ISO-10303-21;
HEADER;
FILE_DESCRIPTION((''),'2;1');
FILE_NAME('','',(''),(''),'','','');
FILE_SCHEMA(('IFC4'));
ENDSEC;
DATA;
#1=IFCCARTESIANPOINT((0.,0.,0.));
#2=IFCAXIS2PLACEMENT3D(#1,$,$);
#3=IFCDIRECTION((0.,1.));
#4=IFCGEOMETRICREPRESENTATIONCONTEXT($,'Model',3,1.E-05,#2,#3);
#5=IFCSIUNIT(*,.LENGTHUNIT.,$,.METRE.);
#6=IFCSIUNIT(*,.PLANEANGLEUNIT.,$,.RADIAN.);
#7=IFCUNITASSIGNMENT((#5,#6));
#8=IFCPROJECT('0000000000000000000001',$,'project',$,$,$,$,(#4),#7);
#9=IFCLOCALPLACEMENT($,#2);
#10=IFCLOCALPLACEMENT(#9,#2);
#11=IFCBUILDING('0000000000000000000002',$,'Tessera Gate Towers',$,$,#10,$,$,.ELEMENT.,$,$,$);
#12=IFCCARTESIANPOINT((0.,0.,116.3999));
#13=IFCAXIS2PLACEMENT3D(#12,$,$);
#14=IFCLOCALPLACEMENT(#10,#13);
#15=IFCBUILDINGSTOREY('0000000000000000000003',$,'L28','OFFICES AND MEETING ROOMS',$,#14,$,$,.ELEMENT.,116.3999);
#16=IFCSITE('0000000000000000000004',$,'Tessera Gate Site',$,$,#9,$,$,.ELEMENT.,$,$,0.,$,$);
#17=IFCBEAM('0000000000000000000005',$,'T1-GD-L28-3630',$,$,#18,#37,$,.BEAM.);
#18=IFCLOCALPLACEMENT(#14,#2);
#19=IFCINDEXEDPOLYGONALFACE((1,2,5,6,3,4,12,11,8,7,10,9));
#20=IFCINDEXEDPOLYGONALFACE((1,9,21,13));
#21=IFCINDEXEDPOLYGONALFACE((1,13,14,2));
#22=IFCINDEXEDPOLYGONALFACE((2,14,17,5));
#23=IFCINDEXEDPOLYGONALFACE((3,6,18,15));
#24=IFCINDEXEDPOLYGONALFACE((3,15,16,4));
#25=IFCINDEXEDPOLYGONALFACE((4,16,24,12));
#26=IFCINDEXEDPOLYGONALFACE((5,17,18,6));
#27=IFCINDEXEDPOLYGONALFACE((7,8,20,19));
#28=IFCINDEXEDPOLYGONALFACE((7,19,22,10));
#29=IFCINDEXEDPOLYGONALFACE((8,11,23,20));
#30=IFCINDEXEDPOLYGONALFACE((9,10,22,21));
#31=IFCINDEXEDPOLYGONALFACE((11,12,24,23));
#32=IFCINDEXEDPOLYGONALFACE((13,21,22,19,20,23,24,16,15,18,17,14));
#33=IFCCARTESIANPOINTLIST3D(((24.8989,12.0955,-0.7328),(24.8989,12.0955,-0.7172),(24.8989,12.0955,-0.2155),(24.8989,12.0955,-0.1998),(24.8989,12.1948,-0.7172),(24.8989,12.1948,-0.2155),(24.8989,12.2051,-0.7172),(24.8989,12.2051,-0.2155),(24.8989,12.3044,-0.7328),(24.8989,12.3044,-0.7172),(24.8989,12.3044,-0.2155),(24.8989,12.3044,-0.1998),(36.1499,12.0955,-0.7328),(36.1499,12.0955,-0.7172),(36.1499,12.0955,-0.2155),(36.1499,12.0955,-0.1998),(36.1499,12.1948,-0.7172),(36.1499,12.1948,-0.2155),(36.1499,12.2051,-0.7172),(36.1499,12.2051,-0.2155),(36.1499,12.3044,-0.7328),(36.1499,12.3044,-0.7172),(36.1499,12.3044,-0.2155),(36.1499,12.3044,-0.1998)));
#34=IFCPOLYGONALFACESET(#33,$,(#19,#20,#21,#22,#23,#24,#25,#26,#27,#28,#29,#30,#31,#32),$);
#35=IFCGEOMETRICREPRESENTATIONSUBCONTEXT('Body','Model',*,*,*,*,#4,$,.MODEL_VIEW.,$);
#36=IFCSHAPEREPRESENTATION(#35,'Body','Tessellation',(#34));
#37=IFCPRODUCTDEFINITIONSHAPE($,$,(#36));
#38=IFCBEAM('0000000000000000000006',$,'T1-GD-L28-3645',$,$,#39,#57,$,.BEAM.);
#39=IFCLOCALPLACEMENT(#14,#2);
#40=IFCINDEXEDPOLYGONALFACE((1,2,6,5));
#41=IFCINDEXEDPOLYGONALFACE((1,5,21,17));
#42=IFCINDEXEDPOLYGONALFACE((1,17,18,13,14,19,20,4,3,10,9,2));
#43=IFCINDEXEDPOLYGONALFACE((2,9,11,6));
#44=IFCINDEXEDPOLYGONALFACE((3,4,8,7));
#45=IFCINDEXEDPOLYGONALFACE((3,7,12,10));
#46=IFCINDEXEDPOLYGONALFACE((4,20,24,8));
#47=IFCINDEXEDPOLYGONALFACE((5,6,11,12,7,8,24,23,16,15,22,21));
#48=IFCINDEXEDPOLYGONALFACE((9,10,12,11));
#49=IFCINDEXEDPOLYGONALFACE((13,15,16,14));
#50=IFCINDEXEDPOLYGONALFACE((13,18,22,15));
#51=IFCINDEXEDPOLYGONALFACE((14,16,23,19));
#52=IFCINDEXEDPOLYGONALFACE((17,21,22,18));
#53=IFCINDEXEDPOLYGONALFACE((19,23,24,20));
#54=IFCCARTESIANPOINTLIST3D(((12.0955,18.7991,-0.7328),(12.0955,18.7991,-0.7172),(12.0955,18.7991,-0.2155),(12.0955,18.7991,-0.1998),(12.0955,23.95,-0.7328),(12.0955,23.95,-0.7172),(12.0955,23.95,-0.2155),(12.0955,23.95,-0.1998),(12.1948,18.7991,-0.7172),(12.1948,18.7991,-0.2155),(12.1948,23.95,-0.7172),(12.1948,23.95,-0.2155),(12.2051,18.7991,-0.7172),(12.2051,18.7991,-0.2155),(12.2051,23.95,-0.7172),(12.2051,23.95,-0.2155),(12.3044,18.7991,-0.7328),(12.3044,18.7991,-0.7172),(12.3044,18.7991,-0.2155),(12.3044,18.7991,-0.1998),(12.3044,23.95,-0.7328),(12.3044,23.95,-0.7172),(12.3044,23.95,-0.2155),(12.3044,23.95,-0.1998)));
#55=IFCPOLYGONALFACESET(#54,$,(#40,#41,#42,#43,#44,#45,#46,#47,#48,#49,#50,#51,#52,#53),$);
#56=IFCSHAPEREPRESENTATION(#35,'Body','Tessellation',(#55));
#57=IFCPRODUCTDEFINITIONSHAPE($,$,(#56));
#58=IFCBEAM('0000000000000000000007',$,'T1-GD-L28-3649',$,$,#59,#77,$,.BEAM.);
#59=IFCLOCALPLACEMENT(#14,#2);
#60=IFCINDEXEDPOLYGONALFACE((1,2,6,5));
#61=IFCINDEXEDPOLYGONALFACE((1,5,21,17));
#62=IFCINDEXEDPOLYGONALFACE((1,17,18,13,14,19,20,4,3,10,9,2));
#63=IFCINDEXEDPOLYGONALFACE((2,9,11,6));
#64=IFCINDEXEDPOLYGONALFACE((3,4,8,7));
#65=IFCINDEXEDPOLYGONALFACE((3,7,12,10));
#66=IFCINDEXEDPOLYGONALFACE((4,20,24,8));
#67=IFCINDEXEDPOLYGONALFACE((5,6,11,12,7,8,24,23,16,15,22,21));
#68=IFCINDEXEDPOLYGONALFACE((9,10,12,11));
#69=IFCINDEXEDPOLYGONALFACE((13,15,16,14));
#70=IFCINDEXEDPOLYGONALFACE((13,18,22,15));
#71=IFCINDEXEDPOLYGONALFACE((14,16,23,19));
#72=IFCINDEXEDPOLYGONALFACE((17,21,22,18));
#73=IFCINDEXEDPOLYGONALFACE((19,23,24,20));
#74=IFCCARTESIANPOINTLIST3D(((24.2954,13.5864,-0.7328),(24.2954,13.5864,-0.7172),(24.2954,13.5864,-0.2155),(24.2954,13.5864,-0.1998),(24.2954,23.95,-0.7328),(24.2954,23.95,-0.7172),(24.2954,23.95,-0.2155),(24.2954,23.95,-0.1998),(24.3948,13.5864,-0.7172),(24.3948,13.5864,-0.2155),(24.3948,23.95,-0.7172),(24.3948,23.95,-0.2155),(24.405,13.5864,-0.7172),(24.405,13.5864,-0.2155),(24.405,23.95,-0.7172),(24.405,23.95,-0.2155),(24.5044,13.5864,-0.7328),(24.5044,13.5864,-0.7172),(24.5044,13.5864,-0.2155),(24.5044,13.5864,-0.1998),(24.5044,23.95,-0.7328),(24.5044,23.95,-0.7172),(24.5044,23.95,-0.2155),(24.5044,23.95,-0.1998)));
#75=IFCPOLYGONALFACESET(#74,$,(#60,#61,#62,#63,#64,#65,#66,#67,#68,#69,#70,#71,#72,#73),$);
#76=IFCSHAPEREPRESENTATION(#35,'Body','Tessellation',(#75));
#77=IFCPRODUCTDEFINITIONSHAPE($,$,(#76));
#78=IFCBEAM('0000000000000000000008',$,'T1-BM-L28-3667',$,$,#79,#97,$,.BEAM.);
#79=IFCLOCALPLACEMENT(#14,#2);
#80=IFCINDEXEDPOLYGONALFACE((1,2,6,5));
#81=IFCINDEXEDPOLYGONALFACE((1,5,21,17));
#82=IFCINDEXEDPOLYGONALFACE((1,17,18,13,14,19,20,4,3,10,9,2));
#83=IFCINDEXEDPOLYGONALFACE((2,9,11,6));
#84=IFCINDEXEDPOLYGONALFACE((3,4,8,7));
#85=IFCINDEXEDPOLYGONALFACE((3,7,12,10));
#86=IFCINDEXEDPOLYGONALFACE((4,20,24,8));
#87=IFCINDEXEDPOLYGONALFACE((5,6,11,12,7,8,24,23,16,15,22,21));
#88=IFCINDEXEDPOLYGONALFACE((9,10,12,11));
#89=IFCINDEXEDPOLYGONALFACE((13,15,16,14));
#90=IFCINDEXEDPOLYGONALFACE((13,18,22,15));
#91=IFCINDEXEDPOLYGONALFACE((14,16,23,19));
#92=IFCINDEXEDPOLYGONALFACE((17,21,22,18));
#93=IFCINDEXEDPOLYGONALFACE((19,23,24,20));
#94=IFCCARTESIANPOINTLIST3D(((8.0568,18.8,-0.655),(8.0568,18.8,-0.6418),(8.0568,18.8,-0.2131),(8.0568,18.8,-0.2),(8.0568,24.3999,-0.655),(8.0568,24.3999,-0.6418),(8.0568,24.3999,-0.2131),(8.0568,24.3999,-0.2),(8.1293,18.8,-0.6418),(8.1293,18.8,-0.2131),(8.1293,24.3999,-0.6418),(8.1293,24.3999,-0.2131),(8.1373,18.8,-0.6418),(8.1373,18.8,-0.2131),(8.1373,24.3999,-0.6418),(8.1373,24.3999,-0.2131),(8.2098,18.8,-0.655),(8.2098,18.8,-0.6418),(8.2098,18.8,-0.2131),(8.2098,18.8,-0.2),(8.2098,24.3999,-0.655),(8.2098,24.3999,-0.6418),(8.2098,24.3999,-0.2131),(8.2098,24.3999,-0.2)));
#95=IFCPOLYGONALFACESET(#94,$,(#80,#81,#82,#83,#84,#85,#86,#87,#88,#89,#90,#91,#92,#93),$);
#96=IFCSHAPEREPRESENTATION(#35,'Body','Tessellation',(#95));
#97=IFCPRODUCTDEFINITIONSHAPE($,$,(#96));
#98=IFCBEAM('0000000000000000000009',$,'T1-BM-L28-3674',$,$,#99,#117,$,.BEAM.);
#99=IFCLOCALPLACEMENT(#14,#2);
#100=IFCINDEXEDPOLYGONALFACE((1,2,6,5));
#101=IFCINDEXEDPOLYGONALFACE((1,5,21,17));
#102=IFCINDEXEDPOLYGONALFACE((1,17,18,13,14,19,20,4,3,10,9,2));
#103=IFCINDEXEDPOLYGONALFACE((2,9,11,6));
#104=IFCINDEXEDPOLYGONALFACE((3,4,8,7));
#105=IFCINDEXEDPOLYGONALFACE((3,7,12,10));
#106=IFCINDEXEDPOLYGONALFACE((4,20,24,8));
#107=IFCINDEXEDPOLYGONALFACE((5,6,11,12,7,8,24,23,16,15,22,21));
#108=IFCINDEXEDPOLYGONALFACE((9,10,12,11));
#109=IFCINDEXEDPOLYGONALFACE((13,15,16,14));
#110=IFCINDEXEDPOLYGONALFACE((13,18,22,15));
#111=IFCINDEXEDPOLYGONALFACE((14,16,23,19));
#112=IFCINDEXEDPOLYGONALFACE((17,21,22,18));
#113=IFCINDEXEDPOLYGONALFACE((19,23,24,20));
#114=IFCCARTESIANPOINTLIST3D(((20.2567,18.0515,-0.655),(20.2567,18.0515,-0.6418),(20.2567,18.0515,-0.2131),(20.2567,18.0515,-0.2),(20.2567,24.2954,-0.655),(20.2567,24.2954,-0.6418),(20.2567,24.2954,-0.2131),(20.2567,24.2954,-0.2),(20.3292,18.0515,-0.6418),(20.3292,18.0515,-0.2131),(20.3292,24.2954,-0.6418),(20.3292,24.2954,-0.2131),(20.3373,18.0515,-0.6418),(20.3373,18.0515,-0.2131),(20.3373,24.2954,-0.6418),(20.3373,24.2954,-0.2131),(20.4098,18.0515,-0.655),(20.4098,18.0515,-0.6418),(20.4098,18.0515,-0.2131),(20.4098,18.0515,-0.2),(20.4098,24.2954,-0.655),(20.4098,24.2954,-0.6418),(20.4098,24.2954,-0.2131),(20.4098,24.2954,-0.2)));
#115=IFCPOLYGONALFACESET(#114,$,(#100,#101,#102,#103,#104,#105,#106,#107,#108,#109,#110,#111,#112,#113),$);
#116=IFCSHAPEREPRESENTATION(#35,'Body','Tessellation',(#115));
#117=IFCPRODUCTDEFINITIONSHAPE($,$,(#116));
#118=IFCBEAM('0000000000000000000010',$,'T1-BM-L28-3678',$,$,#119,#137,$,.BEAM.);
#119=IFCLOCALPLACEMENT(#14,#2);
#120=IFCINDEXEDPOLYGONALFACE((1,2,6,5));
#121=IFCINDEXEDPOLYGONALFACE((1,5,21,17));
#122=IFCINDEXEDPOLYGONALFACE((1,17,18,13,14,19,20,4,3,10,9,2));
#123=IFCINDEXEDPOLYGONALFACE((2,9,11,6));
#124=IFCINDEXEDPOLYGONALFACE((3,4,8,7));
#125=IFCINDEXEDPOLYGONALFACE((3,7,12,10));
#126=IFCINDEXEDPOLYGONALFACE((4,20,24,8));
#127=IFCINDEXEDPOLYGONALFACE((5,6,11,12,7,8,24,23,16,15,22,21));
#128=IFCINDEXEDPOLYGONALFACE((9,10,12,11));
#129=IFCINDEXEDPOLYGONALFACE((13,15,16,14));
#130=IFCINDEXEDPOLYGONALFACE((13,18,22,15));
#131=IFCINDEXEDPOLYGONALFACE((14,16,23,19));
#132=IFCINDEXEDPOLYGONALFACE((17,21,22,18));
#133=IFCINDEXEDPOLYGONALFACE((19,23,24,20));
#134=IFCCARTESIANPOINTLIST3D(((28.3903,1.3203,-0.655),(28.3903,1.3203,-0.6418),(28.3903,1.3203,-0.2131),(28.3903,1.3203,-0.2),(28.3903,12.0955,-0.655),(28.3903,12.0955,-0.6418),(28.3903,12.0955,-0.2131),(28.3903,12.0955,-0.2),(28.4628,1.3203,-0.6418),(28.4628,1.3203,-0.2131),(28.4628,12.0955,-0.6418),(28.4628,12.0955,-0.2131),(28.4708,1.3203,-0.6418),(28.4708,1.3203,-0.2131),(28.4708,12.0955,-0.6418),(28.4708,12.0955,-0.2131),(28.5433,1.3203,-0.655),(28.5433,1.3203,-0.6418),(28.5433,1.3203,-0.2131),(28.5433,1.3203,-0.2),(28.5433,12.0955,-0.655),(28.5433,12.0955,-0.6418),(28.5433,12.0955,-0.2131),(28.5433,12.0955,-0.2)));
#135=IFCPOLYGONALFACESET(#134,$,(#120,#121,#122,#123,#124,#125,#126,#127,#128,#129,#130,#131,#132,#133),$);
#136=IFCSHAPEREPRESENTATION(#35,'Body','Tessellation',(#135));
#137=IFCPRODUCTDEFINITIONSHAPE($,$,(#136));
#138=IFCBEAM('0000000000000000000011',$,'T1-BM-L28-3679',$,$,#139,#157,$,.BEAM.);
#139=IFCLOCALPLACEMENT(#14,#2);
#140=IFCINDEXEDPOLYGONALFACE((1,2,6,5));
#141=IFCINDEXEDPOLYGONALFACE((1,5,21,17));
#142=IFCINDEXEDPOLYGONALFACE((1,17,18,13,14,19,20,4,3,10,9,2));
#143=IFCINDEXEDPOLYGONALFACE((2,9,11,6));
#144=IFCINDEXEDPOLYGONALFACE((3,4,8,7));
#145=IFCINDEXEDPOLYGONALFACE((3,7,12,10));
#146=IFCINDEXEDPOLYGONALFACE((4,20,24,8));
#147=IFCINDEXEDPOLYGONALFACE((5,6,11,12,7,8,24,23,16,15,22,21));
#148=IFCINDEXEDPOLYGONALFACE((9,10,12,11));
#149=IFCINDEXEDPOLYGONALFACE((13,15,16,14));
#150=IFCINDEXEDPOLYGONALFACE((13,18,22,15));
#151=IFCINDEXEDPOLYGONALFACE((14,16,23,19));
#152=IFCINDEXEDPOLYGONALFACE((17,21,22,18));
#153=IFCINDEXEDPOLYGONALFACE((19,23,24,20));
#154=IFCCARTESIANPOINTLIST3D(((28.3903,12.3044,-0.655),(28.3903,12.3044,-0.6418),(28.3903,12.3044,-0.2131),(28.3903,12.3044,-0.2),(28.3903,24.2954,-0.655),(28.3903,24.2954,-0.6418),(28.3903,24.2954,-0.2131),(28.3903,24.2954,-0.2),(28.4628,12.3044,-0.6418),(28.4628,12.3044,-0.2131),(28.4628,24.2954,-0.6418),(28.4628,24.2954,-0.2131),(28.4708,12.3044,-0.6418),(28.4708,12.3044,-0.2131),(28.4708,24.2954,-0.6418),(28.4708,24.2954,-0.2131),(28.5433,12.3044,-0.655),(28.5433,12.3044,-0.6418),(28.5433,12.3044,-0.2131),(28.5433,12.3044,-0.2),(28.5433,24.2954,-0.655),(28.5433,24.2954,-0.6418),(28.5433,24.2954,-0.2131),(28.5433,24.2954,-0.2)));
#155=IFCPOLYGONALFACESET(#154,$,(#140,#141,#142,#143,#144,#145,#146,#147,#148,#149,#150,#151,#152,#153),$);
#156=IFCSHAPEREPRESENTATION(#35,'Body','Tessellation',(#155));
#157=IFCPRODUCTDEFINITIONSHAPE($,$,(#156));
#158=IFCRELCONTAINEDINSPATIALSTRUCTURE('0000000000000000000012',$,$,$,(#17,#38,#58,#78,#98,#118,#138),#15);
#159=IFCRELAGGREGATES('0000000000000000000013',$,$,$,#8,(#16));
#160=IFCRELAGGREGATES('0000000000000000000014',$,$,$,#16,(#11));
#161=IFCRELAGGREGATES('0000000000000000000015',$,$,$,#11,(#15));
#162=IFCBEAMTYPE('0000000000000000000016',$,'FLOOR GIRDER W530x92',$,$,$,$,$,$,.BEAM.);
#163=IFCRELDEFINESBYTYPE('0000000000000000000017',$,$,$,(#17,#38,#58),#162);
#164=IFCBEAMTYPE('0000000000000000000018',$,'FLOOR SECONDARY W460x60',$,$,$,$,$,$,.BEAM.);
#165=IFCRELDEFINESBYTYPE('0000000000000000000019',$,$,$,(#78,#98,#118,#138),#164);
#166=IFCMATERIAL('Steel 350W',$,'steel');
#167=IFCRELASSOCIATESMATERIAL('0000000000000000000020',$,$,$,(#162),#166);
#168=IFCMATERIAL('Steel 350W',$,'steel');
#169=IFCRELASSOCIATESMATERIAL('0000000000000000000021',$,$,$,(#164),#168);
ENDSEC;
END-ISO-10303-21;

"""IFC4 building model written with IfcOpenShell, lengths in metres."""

from ifc_helpers import new_model, si_unit, direction, frame, origin, origin_2d, place, context, subcontext, project, spatial, i_section, extrude, material, material_profile, profile_set, type_object, element, save


model = new_model("IFC4")

# Units and contexts
model_context = context("Model", 3, precision=1e-05, world=origin(), true_north=direction((0.0, 1.0)))
body_context = subcontext(model_context, "Body", "Model", "MODEL_VIEW")
ifc_project = project(units=[si_unit("LENGTHUNIT", "METRE"), si_unit("PLANEANGLEUNIT", "RADIAN")], contexts=[model_context])

# Site, building, storey
site_placement = place(None, origin())
site = spatial("IfcSite", under=ifc_project, at=site_placement, Name="Tessera Gate Site", CompositionType="ELEMENT", RefElevation=0.0)
building_placement = place(site_placement, origin())
building = spatial("IfcBuilding", under=site, at=building_placement, Name="Tessera Gate Towers", CompositionType="ELEMENT")
storey_placement = place(building_placement, frame((0.0, 0.0, 116.3999)))
storey = spatial("IfcBuildingStorey", under=building, at=storey_placement, Name="L28", Description="OFFICES AND MEETING ROOMS", CompositionType="ELEMENT", Elevation=116.3999)

# Beams
ifc_material_1 = material(Name="Steel 350W", Category="steel")
ifc_material_profile_1 = material_profile(ifc_material_1, i_section(OverallWidth=0.209, OverallDepth=0.533, WebThickness=0.0103, FlangeThickness=0.0156, at=origin_2d()), Name="W530x92")
ifc_profile_set_1 = profile_set([ifc_material_profile_1], Name="Steel 350W")
beam_type_1 = type_object("IfcBeamType", Name="FLOOR GIRDER W530x92", PredefinedType="BEAM", material=ifc_profile_set_1)
beam_1_placement = place(storey_placement, frame((24.8989, 12.2, -0.4663), z_axis=(1.0, 0.0, 0.0), x_axis=(0.0, 1.0, 0.0)))
element("IfcBeam", 1, at=beam_1_placement, inside=storey, type_object=beam_type_1, Name="T1-GD-L28-3630", PredefinedType="BEAM", context=body_context, shape_type="SweptSolid", body=[
    extrude(i_section(OverallWidth=0.209, OverallDepth=0.533, WebThickness=0.0103, FlangeThickness=0.0156, at=origin_2d()), origin(), (0.0, 0.0, 1.0), 11.251),
])
beam_2_placement = place(storey_placement, frame((12.2, 18.7991, -0.4663), z_axis=(0.0, 1.0, 0.0), x_axis=(-1.0, 0.0, 0.0)))
element("IfcBeam", 2, at=beam_2_placement, inside=storey, type_object=beam_type_1, Name="T1-GD-L28-3645", PredefinedType="BEAM", context=body_context, shape_type="SweptSolid", body=[
    extrude(i_section(OverallWidth=0.209, OverallDepth=0.533, WebThickness=0.0103, FlangeThickness=0.0156, at=origin_2d()), origin(), (0.0, 0.0, 1.0), 5.1509),
])
beam_3_placement = place(storey_placement, frame((24.3999, 13.5864, -0.4663), z_axis=(0.0, 1.0, 0.0), x_axis=(-1.0, 0.0, 0.0)))
element("IfcBeam", 3, at=beam_3_placement, inside=storey, type_object=beam_type_1, Name="T1-GD-L28-3649", PredefinedType="BEAM", context=body_context, shape_type="SweptSolid", body=[
    extrude(i_section(OverallWidth=0.209, OverallDepth=0.533, WebThickness=0.0103, FlangeThickness=0.0156, at=origin_2d()), origin(), (0.0, 0.0, 1.0), 10.3635),
])
ifc_material_2 = material(Name="Steel 350W", Category="steel")
ifc_material_profile_2 = material_profile(ifc_material_2, i_section(OverallWidth=0.1531, OverallDepth=0.4551, WebThickness=0.0081, FlangeThickness=0.0132, at=origin_2d()), Name="W460x60")
ifc_profile_set_2 = profile_set([ifc_material_profile_2], Name="Steel 350W")
beam_type_2 = type_object("IfcBeamType", Name="FLOOR SECONDARY W460x60", PredefinedType="BEAM", material=ifc_profile_set_2)
beam_4_placement = place(storey_placement, frame((8.1333, 18.8, -0.4275), z_axis=(0.0, 1.0, 0.0), x_axis=(-1.0, 0.0, 0.0)))
element("IfcBeam", 4, at=beam_4_placement, inside=storey, type_object=beam_type_2, Name="T1-BM-L28-3667", PredefinedType="BEAM", context=body_context, shape_type="SweptSolid", body=[
    extrude(i_section(OverallWidth=0.1531, OverallDepth=0.4551, WebThickness=0.0081, FlangeThickness=0.0132, at=origin_2d()), origin(), (0.0, 0.0, 1.0), 5.5999),
])
beam_5_placement = place(storey_placement, frame((20.3333, 18.0515, -0.4275), z_axis=(0.0, 1.0, 0.0), x_axis=(-1.0, 0.0, 0.0)))
element("IfcBeam", 5, at=beam_5_placement, inside=storey, type_object=beam_type_2, Name="T1-BM-L28-3674", PredefinedType="BEAM", context=body_context, shape_type="SweptSolid", body=[
    extrude(i_section(OverallWidth=0.1531, OverallDepth=0.4551, WebThickness=0.0081, FlangeThickness=0.0132, at=origin_2d()), origin(), (0.0, 0.0, 1.0), 6.2439),
])
beam_6_placement = place(storey_placement, frame((28.4668, 1.3203, -0.4275), z_axis=(0.0, 1.0, 0.0), x_axis=(-1.0, 0.0, 0.0)))
element("IfcBeam", 6, at=beam_6_placement, inside=storey, type_object=beam_type_2, Name="T1-BM-L28-3678", PredefinedType="BEAM", context=body_context, shape_type="SweptSolid", body=[
    extrude(i_section(OverallWidth=0.1531, OverallDepth=0.4551, WebThickness=0.0081, FlangeThickness=0.0132, at=origin_2d()), origin(), (0.0, 0.0, 1.0), 10.7751),
])
beam_7_placement = place(storey_placement, frame((28.4668, 12.3044, -0.4275), z_axis=(0.0, 1.0, 0.0), x_axis=(-1.0, 0.0, 0.0)))
element("IfcBeam", 7, at=beam_7_placement, inside=storey, type_object=beam_type_2, Name="T1-BM-L28-3679", PredefinedType="BEAM", context=body_context, shape_type="SweptSolid", body=[
    extrude(i_section(OverallWidth=0.1531, OverallDepth=0.4551, WebThickness=0.0081, FlangeThickness=0.0132, at=origin_2d()), origin(), (0.0, 0.0, 1.0), 11.991),
])

save(model, "model.ifc")
